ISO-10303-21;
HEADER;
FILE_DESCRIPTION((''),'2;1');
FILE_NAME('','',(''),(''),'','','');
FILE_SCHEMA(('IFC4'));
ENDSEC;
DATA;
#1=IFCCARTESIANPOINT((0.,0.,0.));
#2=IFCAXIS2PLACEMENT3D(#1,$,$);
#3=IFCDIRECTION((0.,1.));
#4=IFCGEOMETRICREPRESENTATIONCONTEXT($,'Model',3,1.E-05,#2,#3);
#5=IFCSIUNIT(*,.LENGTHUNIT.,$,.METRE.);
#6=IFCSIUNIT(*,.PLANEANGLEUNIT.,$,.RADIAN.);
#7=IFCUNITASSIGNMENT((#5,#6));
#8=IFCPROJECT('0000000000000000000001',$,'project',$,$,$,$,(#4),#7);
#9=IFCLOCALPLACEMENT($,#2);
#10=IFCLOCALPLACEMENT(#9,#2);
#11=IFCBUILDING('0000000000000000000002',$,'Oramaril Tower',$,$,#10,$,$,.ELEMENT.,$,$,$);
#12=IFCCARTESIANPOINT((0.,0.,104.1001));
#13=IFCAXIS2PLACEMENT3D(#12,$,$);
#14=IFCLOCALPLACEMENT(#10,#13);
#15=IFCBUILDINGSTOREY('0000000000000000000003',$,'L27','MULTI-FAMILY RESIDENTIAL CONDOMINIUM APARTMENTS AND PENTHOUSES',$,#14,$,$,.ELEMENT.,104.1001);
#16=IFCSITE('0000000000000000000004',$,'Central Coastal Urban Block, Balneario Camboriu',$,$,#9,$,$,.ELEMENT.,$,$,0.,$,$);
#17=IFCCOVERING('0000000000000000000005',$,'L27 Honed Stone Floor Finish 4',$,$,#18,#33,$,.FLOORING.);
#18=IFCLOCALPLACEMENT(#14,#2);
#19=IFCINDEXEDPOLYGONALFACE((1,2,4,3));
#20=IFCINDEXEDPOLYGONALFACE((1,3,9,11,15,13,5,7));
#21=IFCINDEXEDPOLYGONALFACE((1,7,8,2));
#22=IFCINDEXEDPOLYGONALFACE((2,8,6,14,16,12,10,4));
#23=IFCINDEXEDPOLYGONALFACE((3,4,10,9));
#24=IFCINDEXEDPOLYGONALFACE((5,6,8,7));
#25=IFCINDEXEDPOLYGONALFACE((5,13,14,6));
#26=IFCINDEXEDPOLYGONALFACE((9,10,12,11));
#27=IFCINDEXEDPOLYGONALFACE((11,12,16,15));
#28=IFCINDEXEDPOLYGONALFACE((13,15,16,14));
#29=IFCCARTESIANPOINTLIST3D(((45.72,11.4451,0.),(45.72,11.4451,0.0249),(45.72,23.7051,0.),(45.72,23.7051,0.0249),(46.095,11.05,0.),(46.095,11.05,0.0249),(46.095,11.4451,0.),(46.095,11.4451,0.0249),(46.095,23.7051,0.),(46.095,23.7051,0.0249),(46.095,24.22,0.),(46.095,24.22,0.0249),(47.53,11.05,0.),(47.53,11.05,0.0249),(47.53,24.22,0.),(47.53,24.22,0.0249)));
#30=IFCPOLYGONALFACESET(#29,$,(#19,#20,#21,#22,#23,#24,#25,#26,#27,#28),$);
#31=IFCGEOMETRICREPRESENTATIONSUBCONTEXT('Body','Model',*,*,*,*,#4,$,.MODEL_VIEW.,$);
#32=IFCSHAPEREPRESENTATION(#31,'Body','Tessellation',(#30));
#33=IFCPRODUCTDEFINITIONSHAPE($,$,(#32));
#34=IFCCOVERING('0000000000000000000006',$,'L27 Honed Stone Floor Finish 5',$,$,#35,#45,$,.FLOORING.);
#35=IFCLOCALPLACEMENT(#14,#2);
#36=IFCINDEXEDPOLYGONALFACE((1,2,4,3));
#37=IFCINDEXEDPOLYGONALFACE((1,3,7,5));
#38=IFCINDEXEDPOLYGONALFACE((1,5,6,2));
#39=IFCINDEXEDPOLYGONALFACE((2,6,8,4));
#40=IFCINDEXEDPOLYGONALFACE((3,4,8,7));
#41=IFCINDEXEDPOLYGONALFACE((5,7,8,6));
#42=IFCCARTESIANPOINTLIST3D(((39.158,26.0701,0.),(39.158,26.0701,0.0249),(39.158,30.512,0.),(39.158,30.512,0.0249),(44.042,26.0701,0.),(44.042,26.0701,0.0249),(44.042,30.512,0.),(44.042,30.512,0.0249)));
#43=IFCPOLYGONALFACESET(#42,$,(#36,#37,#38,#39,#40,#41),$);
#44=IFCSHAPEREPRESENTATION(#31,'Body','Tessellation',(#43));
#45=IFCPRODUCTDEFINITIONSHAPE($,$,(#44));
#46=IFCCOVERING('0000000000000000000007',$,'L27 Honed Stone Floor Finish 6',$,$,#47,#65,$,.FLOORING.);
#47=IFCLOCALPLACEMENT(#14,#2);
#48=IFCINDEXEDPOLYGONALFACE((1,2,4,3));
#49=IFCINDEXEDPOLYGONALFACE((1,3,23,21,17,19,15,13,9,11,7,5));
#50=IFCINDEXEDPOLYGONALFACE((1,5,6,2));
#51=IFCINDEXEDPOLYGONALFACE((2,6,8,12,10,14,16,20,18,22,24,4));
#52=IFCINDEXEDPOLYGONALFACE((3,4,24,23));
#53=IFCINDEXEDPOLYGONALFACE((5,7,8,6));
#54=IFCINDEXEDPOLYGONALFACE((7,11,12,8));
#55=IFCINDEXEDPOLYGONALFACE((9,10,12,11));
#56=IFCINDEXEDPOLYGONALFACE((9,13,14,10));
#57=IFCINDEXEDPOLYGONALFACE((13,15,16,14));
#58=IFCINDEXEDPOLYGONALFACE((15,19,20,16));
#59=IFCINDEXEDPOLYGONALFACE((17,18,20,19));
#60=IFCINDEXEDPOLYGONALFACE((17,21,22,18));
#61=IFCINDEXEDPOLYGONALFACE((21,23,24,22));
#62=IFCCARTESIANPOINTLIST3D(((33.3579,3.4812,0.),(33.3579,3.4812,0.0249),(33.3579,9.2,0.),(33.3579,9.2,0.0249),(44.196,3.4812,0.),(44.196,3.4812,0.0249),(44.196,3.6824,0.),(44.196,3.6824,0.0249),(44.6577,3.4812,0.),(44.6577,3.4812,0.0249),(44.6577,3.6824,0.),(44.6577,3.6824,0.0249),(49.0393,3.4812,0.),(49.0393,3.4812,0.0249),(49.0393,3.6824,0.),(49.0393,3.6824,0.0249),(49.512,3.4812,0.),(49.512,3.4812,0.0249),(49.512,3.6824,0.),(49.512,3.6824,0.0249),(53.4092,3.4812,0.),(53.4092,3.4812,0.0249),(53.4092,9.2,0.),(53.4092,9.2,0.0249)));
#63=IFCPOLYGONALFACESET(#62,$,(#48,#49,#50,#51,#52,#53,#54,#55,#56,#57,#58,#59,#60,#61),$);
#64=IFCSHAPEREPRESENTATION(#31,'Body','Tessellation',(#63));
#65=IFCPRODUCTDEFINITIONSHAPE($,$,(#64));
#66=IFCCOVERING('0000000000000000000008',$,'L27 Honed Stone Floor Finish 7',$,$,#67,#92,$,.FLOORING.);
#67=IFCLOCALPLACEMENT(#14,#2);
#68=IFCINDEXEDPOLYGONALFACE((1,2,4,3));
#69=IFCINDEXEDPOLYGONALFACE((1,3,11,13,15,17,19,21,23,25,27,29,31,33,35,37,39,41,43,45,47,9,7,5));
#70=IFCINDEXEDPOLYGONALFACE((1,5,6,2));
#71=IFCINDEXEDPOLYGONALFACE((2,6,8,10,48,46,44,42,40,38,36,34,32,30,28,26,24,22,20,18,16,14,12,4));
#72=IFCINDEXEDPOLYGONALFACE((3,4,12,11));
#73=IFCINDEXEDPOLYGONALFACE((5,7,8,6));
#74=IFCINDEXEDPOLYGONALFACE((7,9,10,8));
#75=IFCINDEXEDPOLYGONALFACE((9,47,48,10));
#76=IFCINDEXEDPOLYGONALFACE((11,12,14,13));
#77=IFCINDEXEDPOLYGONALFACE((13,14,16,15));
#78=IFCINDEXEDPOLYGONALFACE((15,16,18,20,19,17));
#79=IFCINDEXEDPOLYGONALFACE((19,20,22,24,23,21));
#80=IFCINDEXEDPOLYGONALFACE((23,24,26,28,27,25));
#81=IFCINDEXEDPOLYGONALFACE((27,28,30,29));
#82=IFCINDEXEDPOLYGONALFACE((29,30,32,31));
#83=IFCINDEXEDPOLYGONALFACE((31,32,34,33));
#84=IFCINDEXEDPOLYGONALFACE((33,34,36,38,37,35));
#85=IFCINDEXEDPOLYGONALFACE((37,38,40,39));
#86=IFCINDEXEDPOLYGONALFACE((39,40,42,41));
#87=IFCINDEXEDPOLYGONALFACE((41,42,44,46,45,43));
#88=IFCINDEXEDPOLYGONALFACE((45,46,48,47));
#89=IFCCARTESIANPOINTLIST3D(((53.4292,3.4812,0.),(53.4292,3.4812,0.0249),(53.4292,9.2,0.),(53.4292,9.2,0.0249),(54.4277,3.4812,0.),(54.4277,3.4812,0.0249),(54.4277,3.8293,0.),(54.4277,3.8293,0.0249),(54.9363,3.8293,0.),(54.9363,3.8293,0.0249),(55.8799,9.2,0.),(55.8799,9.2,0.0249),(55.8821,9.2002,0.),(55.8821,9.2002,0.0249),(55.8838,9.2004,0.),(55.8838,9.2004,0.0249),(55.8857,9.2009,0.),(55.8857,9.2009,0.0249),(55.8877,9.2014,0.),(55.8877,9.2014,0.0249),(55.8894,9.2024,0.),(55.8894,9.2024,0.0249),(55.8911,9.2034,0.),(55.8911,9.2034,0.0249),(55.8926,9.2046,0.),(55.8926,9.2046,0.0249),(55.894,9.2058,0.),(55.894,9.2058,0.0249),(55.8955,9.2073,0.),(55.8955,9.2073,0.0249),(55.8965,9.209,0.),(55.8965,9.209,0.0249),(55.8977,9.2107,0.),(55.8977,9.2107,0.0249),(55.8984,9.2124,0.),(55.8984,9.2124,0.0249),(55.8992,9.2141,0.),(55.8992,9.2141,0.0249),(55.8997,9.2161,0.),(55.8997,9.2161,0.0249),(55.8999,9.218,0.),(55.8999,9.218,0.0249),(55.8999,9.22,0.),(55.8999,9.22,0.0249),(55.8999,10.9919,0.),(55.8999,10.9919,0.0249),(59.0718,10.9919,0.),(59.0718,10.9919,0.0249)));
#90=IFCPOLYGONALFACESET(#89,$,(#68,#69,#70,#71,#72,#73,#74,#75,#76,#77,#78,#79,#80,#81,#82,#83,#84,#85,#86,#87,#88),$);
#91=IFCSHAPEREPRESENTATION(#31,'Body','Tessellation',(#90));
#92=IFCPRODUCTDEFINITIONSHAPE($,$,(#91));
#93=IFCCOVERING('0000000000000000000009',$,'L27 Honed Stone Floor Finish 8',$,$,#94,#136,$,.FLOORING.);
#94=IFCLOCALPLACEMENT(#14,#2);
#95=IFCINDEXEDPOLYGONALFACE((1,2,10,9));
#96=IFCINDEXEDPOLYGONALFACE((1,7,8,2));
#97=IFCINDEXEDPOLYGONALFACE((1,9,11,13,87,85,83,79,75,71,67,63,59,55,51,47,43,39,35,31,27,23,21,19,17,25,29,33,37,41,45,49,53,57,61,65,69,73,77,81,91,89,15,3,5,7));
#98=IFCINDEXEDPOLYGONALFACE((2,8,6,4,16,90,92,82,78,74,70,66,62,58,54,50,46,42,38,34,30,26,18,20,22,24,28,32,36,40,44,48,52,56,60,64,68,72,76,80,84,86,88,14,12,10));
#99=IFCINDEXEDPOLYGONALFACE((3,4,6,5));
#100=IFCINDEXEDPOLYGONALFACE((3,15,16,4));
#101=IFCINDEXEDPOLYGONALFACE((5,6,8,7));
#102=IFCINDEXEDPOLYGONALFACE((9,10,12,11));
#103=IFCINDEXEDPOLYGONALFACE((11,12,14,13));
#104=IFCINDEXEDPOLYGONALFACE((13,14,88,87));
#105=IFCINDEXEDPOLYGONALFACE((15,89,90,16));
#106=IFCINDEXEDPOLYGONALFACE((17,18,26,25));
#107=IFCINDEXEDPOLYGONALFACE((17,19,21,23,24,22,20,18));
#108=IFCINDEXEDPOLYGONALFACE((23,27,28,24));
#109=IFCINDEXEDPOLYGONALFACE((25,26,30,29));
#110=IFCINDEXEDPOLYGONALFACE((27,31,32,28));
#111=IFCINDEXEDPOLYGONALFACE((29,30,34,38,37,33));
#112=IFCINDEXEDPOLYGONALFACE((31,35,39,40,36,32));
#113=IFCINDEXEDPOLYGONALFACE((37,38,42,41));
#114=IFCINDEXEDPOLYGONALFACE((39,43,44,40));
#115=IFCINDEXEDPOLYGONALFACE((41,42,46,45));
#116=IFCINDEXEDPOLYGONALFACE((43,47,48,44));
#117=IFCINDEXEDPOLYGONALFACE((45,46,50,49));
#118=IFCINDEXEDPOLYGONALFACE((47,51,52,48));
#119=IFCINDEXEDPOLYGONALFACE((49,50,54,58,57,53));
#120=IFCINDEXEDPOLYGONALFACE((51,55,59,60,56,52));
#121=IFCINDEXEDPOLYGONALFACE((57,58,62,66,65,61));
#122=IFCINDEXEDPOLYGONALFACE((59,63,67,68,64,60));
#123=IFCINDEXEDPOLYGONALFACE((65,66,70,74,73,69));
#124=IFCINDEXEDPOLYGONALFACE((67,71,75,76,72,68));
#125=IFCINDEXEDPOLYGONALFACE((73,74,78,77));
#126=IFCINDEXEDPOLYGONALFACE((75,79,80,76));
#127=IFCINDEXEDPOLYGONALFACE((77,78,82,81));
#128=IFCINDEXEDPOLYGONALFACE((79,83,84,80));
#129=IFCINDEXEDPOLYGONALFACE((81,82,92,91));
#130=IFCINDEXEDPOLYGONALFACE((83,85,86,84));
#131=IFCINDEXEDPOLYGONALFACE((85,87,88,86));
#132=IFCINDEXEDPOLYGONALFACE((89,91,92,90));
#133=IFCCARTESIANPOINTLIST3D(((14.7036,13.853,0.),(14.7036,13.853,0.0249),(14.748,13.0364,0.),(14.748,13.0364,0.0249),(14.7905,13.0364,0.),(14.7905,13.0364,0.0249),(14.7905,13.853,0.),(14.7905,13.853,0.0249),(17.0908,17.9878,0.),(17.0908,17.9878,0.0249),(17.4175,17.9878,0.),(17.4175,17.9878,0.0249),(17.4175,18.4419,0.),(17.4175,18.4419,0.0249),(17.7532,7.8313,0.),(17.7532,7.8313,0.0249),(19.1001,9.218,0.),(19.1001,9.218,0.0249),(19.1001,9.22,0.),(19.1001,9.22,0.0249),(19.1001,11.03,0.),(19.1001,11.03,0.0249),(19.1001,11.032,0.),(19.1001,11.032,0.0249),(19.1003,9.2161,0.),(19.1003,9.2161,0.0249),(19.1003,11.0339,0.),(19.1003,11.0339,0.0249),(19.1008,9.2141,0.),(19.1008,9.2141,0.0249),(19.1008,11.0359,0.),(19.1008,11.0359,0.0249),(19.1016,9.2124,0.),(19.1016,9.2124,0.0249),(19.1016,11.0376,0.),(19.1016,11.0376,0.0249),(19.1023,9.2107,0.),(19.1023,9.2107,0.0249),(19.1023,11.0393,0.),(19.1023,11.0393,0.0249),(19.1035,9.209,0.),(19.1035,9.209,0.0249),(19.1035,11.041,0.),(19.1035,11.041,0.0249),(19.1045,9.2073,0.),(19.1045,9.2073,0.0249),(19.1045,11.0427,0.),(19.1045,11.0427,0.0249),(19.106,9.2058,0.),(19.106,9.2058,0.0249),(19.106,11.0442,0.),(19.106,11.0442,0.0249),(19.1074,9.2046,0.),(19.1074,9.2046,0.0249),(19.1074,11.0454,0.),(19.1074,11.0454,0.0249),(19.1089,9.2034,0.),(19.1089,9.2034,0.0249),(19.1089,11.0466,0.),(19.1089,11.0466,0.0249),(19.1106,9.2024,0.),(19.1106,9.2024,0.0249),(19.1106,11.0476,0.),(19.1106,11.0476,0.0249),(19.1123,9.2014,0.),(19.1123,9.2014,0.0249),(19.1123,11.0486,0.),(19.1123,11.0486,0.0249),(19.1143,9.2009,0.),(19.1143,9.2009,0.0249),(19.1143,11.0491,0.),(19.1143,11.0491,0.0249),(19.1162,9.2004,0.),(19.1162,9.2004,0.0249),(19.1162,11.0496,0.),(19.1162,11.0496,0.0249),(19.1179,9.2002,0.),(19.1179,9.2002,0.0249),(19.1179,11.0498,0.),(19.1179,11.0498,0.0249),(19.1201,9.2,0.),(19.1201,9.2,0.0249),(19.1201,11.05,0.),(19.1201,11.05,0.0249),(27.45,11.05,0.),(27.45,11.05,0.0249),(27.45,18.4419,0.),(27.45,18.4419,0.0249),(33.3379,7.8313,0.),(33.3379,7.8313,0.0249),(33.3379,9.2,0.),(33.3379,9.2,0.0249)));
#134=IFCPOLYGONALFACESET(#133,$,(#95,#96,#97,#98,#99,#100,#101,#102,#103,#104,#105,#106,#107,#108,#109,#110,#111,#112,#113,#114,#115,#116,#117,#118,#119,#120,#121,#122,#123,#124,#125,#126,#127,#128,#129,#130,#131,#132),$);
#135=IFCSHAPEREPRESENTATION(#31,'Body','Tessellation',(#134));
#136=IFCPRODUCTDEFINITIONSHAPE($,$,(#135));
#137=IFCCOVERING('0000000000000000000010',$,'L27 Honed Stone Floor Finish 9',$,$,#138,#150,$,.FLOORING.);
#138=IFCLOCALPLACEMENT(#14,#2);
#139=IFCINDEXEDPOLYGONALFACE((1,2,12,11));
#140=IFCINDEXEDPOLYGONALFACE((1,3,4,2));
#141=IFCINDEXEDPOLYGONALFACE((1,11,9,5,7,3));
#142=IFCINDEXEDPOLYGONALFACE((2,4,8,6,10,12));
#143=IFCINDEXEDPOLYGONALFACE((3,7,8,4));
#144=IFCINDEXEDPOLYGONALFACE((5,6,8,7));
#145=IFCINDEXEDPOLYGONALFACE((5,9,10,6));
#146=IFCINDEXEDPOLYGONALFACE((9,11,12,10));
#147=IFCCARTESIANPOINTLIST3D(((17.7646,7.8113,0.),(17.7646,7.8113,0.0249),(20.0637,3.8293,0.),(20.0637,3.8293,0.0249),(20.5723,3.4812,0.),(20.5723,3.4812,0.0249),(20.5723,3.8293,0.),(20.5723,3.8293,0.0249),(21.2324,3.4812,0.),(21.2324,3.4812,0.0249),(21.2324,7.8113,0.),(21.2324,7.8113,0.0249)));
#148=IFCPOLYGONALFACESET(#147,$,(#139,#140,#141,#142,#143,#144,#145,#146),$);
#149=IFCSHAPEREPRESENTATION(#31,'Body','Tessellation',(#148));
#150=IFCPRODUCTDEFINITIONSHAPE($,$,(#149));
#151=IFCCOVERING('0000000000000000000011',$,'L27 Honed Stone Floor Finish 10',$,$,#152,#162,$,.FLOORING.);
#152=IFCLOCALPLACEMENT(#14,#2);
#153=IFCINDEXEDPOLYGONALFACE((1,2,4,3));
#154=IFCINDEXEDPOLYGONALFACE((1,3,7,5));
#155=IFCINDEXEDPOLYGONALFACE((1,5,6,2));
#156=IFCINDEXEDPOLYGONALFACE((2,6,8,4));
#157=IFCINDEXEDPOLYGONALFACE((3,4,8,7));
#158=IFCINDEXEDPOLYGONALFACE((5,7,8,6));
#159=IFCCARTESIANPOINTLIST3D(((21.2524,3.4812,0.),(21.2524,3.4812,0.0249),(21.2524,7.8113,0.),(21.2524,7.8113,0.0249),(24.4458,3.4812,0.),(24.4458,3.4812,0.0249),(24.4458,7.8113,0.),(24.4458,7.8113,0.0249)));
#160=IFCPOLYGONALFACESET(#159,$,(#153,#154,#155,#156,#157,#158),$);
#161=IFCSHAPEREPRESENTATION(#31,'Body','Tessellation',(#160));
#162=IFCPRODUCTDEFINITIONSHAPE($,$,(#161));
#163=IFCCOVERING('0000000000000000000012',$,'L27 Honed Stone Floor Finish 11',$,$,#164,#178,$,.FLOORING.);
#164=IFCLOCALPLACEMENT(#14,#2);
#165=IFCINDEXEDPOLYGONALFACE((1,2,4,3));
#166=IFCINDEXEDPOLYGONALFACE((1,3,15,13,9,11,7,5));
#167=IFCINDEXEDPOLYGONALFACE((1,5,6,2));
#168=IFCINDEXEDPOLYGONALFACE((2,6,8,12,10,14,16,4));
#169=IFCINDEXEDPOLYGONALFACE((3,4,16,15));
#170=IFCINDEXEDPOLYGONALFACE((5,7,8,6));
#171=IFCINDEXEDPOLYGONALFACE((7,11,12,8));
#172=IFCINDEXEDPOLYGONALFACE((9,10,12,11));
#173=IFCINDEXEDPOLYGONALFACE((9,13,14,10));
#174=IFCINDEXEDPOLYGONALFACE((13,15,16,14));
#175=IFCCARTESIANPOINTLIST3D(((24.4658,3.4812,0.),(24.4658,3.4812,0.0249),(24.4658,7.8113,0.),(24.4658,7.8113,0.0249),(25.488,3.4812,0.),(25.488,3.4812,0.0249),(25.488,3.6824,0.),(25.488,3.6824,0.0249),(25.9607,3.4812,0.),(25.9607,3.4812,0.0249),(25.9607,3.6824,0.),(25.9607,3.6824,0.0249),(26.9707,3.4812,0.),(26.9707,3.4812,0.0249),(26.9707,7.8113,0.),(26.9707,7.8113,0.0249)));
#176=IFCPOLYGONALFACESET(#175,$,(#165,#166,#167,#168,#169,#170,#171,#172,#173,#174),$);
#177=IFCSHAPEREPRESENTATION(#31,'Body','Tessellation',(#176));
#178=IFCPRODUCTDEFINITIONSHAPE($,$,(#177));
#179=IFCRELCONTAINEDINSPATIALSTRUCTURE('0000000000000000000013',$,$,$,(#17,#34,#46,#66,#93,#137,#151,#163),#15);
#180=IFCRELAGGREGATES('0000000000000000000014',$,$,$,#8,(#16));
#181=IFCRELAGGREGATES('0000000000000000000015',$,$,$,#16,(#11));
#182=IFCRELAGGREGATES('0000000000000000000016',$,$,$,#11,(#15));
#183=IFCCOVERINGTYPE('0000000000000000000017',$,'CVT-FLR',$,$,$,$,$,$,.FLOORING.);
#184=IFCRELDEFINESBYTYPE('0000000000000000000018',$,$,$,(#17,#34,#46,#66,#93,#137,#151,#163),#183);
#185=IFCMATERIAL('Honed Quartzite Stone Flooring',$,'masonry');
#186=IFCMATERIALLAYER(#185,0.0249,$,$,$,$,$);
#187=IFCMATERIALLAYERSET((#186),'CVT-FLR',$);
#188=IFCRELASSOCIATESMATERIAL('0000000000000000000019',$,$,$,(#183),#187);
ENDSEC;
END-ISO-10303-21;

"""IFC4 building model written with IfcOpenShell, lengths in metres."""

from ifc_helpers import new_model, si_unit, direction, frame, origin, place, context, subcontext, project, spatial, polyline, outline, extrude, material, layer, layer_set, type_object, element, save


model = new_model("IFC4")

# Units and contexts
model_context = context("Model", 3, precision=1e-05, world=origin(), true_north=direction((0.0, 1.0)))
body_context = subcontext(model_context, "Body", "Model", "MODEL_VIEW")
ifc_project = project(units=[si_unit("LENGTHUNIT", "METRE"), si_unit("PLANEANGLEUNIT", "RADIAN")], contexts=[model_context])

# Site, building, storey
site_placement = place(None, origin())
site = spatial("IfcSite", under=ifc_project, at=site_placement, Name="Central Coastal Urban Block, Balneario Camboriu", CompositionType="ELEMENT", RefElevation=0.0)
building_placement = place(site_placement, origin())
building = spatial("IfcBuilding", under=site, at=building_placement, Name="Oramaril Tower", CompositionType="ELEMENT")
storey_placement = place(building_placement, frame((0.0, 0.0, 104.1001)))
storey = spatial("IfcBuildingStorey", under=building, at=storey_placement, Name="L27", Description="MULTI-FAMILY RESIDENTIAL CONDOMINIUM APARTMENTS AND PENTHOUSES", CompositionType="ELEMENT", Elevation=104.1001)

# Coverings
ifc_material_1 = material(Name="Honed Quartzite Stone Flooring", Category="masonry")
ifc_layer_1 = layer(ifc_material_1, 0.0249)
ifc_layer_set_1 = layer_set([ifc_layer_1], Name="CVT-FLR")
covering_type_1 = type_object("IfcCoveringType", Name="CVT-FLR", PredefinedType="FLOORING", material=ifc_layer_set_1)
covering_1_placement = place(storey_placement, origin())
element("IfcCovering", 1, at=covering_1_placement, inside=storey, type_object=covering_type_1, Name="L27 Honed Stone Floor Finish 4", PredefinedType="FLOORING", context=body_context, shape_type="SweptSolid", body=[
    extrude(outline(polyline([(47.53, 11.05), (46.095, 11.05), (46.095, 11.4451), (45.72, 11.4451), (45.72, 23.7051), (46.095, 23.7051), (46.095, 24.22), (47.53, 24.22), (47.53, 11.05)])), origin(), (0.0, 0.0, 1.0), 0.0249),
])
covering_2_placement = place(storey_placement, origin())
element("IfcCovering", 2, at=covering_2_placement, inside=storey, type_object=covering_type_1, Name="L27 Honed Stone Floor Finish 5", PredefinedType="FLOORING", context=body_context, shape_type="SweptSolid", body=[
    extrude(outline(polyline([(44.042, 30.512), (44.042, 26.0701), (39.158, 26.0701), (39.158, 30.512), (44.042, 30.512)])), origin(), (0.0, 0.0, 1.0), 0.0249),
])
covering_3_placement = place(storey_placement, origin())
element("IfcCovering", 3, at=covering_3_placement, inside=storey, type_object=covering_type_1, Name="L27 Honed Stone Floor Finish 6", PredefinedType="FLOORING", context=body_context, shape_type="SweptSolid", body=[
    extrude(outline(polyline([(49.512, 3.4812), (49.512, 3.6824), (49.0393, 3.6824), (49.0393, 3.4812), (44.6577, 3.4812), (44.6577, 3.6824), (44.196, 3.6824), (44.196, 3.4812), (33.3579, 3.4812), (33.3579, 9.2), (53.4092, 9.2), (53.4092, 3.4812), (49.512, 3.4812)])), origin(), (0.0, 0.0, 1.0), 0.0249),
])
covering_4_placement = place(storey_placement, origin())
element("IfcCovering", 4, at=covering_4_placement, inside=storey, type_object=covering_type_1, Name="L27 Honed Stone Floor Finish 7", PredefinedType="FLOORING", context=body_context, shape_type="SweptSolid", body=[
    extrude(outline(polyline([(59.0718, 10.9919), (54.9363, 3.8293), (54.4277, 3.8293), (54.4277, 3.4812), (53.4292, 3.4812), (53.4292, 9.2), (55.8799, 9.2), (55.8821, 9.2002), (55.8838, 9.2004), (55.8857, 9.2009), (55.8877, 9.2014), (55.8894, 9.2024), (55.8911, 9.2034), (55.8926, 9.2046), (55.894, 9.2058), (55.8955, 9.2073), (55.8965, 9.209), (55.8977, 9.2107), (55.8984, 9.2124), (55.8992, 9.2141), (55.8997, 9.2161), (55.8999, 9.218), (55.8999, 9.22), (55.8999, 10.9919), (59.0718, 10.9919)])), origin(), (0.0, 0.0, 1.0), 0.0249),
])
covering_5_placement = place(storey_placement, origin())
element("IfcCovering", 5, at=covering_5_placement, inside=storey, type_object=covering_type_1, Name="L27 Honed Stone Floor Finish 8", PredefinedType="FLOORING", context=body_context, shape_type="SweptSolid", body=[
    extrude(outline(polyline([(17.4175, 17.9878), (17.4175, 18.4419), (27.45, 18.4419), (27.45, 11.05), (19.1201, 11.05), (19.1179, 11.0498), (19.1162, 11.0496), (19.1143, 11.0491), (19.1123, 11.0486), (19.1106, 11.0476), (19.1089, 11.0466), (19.1074, 11.0454), (19.106, 11.0442), (19.1045, 11.0427), (19.1035, 11.041), (19.1023, 11.0393), (19.1016, 11.0376), (19.1008, 11.0359), (19.1003, 11.0339), (19.1001, 11.032), (19.1001, 11.03), (19.1001, 9.22), (19.1001, 9.218), (19.1003, 9.2161), (19.1008, 9.2141), (19.1016, 9.2124), (19.1023, 9.2107), (19.1035, 9.209), (19.1045, 9.2073), (19.106, 9.2058), (19.1074, 9.2046), (19.1089, 9.2034), (19.1106, 9.2024), (19.1123, 9.2014), (19.1143, 9.2009), (19.1162, 9.2004), (19.1179, 9.2002), (19.1201, 9.2), (33.3379, 9.2), (33.3379, 7.8313), (17.7532, 7.8313), (14.748, 13.0364), (14.7905, 13.0364), (14.7905, 13.853), (14.7036, 13.853), (17.0908, 17.9878), (17.4175, 17.9878)])), origin(), (0.0, 0.0, 1.0), 0.0249),
])
covering_6_placement = place(storey_placement, origin())
element("IfcCovering", 6, at=covering_6_placement, inside=storey, type_object=covering_type_1, Name="L27 Honed Stone Floor Finish 9", PredefinedType="FLOORING", context=body_context, shape_type="SweptSolid", body=[
    extrude(outline(polyline([(20.5723, 3.4812), (20.5723, 3.8293), (20.0637, 3.8293), (17.7646, 7.8113), (21.2324, 7.8113), (21.2324, 3.4812), (20.5723, 3.4812)])), origin(), (0.0, 0.0, 1.0), 0.0249),
])
covering_7_placement = place(storey_placement, origin())
element("IfcCovering", 7, at=covering_7_placement, inside=storey, type_object=covering_type_1, Name="L27 Honed Stone Floor Finish 10", PredefinedType="FLOORING", context=body_context, shape_type="SweptSolid", body=[
    extrude(outline(polyline([(21.2524, 3.4812), (21.2524, 7.8113), (24.4458, 7.8113), (24.4458, 3.4812), (21.2524, 3.4812)])), origin(), (0.0, 0.0, 1.0), 0.0249),
])
covering_8_placement = place(storey_placement, origin())
element("IfcCovering", 8, at=covering_8_placement, inside=storey, type_object=covering_type_1, Name="L27 Honed Stone Floor Finish 11", PredefinedType="FLOORING", context=body_context, shape_type="SweptSolid", body=[
    extrude(outline(polyline([(25.9607, 3.4812), (25.9607, 3.6824), (25.488, 3.6824), (25.488, 3.4812), (24.4658, 3.4812), (24.4658, 7.8113), (26.9707, 7.8113), (26.9707, 3.4812), (25.9607, 3.4812)])), origin(), (0.0, 0.0, 1.0), 0.0249),
])

save(model, "model.ifc")
